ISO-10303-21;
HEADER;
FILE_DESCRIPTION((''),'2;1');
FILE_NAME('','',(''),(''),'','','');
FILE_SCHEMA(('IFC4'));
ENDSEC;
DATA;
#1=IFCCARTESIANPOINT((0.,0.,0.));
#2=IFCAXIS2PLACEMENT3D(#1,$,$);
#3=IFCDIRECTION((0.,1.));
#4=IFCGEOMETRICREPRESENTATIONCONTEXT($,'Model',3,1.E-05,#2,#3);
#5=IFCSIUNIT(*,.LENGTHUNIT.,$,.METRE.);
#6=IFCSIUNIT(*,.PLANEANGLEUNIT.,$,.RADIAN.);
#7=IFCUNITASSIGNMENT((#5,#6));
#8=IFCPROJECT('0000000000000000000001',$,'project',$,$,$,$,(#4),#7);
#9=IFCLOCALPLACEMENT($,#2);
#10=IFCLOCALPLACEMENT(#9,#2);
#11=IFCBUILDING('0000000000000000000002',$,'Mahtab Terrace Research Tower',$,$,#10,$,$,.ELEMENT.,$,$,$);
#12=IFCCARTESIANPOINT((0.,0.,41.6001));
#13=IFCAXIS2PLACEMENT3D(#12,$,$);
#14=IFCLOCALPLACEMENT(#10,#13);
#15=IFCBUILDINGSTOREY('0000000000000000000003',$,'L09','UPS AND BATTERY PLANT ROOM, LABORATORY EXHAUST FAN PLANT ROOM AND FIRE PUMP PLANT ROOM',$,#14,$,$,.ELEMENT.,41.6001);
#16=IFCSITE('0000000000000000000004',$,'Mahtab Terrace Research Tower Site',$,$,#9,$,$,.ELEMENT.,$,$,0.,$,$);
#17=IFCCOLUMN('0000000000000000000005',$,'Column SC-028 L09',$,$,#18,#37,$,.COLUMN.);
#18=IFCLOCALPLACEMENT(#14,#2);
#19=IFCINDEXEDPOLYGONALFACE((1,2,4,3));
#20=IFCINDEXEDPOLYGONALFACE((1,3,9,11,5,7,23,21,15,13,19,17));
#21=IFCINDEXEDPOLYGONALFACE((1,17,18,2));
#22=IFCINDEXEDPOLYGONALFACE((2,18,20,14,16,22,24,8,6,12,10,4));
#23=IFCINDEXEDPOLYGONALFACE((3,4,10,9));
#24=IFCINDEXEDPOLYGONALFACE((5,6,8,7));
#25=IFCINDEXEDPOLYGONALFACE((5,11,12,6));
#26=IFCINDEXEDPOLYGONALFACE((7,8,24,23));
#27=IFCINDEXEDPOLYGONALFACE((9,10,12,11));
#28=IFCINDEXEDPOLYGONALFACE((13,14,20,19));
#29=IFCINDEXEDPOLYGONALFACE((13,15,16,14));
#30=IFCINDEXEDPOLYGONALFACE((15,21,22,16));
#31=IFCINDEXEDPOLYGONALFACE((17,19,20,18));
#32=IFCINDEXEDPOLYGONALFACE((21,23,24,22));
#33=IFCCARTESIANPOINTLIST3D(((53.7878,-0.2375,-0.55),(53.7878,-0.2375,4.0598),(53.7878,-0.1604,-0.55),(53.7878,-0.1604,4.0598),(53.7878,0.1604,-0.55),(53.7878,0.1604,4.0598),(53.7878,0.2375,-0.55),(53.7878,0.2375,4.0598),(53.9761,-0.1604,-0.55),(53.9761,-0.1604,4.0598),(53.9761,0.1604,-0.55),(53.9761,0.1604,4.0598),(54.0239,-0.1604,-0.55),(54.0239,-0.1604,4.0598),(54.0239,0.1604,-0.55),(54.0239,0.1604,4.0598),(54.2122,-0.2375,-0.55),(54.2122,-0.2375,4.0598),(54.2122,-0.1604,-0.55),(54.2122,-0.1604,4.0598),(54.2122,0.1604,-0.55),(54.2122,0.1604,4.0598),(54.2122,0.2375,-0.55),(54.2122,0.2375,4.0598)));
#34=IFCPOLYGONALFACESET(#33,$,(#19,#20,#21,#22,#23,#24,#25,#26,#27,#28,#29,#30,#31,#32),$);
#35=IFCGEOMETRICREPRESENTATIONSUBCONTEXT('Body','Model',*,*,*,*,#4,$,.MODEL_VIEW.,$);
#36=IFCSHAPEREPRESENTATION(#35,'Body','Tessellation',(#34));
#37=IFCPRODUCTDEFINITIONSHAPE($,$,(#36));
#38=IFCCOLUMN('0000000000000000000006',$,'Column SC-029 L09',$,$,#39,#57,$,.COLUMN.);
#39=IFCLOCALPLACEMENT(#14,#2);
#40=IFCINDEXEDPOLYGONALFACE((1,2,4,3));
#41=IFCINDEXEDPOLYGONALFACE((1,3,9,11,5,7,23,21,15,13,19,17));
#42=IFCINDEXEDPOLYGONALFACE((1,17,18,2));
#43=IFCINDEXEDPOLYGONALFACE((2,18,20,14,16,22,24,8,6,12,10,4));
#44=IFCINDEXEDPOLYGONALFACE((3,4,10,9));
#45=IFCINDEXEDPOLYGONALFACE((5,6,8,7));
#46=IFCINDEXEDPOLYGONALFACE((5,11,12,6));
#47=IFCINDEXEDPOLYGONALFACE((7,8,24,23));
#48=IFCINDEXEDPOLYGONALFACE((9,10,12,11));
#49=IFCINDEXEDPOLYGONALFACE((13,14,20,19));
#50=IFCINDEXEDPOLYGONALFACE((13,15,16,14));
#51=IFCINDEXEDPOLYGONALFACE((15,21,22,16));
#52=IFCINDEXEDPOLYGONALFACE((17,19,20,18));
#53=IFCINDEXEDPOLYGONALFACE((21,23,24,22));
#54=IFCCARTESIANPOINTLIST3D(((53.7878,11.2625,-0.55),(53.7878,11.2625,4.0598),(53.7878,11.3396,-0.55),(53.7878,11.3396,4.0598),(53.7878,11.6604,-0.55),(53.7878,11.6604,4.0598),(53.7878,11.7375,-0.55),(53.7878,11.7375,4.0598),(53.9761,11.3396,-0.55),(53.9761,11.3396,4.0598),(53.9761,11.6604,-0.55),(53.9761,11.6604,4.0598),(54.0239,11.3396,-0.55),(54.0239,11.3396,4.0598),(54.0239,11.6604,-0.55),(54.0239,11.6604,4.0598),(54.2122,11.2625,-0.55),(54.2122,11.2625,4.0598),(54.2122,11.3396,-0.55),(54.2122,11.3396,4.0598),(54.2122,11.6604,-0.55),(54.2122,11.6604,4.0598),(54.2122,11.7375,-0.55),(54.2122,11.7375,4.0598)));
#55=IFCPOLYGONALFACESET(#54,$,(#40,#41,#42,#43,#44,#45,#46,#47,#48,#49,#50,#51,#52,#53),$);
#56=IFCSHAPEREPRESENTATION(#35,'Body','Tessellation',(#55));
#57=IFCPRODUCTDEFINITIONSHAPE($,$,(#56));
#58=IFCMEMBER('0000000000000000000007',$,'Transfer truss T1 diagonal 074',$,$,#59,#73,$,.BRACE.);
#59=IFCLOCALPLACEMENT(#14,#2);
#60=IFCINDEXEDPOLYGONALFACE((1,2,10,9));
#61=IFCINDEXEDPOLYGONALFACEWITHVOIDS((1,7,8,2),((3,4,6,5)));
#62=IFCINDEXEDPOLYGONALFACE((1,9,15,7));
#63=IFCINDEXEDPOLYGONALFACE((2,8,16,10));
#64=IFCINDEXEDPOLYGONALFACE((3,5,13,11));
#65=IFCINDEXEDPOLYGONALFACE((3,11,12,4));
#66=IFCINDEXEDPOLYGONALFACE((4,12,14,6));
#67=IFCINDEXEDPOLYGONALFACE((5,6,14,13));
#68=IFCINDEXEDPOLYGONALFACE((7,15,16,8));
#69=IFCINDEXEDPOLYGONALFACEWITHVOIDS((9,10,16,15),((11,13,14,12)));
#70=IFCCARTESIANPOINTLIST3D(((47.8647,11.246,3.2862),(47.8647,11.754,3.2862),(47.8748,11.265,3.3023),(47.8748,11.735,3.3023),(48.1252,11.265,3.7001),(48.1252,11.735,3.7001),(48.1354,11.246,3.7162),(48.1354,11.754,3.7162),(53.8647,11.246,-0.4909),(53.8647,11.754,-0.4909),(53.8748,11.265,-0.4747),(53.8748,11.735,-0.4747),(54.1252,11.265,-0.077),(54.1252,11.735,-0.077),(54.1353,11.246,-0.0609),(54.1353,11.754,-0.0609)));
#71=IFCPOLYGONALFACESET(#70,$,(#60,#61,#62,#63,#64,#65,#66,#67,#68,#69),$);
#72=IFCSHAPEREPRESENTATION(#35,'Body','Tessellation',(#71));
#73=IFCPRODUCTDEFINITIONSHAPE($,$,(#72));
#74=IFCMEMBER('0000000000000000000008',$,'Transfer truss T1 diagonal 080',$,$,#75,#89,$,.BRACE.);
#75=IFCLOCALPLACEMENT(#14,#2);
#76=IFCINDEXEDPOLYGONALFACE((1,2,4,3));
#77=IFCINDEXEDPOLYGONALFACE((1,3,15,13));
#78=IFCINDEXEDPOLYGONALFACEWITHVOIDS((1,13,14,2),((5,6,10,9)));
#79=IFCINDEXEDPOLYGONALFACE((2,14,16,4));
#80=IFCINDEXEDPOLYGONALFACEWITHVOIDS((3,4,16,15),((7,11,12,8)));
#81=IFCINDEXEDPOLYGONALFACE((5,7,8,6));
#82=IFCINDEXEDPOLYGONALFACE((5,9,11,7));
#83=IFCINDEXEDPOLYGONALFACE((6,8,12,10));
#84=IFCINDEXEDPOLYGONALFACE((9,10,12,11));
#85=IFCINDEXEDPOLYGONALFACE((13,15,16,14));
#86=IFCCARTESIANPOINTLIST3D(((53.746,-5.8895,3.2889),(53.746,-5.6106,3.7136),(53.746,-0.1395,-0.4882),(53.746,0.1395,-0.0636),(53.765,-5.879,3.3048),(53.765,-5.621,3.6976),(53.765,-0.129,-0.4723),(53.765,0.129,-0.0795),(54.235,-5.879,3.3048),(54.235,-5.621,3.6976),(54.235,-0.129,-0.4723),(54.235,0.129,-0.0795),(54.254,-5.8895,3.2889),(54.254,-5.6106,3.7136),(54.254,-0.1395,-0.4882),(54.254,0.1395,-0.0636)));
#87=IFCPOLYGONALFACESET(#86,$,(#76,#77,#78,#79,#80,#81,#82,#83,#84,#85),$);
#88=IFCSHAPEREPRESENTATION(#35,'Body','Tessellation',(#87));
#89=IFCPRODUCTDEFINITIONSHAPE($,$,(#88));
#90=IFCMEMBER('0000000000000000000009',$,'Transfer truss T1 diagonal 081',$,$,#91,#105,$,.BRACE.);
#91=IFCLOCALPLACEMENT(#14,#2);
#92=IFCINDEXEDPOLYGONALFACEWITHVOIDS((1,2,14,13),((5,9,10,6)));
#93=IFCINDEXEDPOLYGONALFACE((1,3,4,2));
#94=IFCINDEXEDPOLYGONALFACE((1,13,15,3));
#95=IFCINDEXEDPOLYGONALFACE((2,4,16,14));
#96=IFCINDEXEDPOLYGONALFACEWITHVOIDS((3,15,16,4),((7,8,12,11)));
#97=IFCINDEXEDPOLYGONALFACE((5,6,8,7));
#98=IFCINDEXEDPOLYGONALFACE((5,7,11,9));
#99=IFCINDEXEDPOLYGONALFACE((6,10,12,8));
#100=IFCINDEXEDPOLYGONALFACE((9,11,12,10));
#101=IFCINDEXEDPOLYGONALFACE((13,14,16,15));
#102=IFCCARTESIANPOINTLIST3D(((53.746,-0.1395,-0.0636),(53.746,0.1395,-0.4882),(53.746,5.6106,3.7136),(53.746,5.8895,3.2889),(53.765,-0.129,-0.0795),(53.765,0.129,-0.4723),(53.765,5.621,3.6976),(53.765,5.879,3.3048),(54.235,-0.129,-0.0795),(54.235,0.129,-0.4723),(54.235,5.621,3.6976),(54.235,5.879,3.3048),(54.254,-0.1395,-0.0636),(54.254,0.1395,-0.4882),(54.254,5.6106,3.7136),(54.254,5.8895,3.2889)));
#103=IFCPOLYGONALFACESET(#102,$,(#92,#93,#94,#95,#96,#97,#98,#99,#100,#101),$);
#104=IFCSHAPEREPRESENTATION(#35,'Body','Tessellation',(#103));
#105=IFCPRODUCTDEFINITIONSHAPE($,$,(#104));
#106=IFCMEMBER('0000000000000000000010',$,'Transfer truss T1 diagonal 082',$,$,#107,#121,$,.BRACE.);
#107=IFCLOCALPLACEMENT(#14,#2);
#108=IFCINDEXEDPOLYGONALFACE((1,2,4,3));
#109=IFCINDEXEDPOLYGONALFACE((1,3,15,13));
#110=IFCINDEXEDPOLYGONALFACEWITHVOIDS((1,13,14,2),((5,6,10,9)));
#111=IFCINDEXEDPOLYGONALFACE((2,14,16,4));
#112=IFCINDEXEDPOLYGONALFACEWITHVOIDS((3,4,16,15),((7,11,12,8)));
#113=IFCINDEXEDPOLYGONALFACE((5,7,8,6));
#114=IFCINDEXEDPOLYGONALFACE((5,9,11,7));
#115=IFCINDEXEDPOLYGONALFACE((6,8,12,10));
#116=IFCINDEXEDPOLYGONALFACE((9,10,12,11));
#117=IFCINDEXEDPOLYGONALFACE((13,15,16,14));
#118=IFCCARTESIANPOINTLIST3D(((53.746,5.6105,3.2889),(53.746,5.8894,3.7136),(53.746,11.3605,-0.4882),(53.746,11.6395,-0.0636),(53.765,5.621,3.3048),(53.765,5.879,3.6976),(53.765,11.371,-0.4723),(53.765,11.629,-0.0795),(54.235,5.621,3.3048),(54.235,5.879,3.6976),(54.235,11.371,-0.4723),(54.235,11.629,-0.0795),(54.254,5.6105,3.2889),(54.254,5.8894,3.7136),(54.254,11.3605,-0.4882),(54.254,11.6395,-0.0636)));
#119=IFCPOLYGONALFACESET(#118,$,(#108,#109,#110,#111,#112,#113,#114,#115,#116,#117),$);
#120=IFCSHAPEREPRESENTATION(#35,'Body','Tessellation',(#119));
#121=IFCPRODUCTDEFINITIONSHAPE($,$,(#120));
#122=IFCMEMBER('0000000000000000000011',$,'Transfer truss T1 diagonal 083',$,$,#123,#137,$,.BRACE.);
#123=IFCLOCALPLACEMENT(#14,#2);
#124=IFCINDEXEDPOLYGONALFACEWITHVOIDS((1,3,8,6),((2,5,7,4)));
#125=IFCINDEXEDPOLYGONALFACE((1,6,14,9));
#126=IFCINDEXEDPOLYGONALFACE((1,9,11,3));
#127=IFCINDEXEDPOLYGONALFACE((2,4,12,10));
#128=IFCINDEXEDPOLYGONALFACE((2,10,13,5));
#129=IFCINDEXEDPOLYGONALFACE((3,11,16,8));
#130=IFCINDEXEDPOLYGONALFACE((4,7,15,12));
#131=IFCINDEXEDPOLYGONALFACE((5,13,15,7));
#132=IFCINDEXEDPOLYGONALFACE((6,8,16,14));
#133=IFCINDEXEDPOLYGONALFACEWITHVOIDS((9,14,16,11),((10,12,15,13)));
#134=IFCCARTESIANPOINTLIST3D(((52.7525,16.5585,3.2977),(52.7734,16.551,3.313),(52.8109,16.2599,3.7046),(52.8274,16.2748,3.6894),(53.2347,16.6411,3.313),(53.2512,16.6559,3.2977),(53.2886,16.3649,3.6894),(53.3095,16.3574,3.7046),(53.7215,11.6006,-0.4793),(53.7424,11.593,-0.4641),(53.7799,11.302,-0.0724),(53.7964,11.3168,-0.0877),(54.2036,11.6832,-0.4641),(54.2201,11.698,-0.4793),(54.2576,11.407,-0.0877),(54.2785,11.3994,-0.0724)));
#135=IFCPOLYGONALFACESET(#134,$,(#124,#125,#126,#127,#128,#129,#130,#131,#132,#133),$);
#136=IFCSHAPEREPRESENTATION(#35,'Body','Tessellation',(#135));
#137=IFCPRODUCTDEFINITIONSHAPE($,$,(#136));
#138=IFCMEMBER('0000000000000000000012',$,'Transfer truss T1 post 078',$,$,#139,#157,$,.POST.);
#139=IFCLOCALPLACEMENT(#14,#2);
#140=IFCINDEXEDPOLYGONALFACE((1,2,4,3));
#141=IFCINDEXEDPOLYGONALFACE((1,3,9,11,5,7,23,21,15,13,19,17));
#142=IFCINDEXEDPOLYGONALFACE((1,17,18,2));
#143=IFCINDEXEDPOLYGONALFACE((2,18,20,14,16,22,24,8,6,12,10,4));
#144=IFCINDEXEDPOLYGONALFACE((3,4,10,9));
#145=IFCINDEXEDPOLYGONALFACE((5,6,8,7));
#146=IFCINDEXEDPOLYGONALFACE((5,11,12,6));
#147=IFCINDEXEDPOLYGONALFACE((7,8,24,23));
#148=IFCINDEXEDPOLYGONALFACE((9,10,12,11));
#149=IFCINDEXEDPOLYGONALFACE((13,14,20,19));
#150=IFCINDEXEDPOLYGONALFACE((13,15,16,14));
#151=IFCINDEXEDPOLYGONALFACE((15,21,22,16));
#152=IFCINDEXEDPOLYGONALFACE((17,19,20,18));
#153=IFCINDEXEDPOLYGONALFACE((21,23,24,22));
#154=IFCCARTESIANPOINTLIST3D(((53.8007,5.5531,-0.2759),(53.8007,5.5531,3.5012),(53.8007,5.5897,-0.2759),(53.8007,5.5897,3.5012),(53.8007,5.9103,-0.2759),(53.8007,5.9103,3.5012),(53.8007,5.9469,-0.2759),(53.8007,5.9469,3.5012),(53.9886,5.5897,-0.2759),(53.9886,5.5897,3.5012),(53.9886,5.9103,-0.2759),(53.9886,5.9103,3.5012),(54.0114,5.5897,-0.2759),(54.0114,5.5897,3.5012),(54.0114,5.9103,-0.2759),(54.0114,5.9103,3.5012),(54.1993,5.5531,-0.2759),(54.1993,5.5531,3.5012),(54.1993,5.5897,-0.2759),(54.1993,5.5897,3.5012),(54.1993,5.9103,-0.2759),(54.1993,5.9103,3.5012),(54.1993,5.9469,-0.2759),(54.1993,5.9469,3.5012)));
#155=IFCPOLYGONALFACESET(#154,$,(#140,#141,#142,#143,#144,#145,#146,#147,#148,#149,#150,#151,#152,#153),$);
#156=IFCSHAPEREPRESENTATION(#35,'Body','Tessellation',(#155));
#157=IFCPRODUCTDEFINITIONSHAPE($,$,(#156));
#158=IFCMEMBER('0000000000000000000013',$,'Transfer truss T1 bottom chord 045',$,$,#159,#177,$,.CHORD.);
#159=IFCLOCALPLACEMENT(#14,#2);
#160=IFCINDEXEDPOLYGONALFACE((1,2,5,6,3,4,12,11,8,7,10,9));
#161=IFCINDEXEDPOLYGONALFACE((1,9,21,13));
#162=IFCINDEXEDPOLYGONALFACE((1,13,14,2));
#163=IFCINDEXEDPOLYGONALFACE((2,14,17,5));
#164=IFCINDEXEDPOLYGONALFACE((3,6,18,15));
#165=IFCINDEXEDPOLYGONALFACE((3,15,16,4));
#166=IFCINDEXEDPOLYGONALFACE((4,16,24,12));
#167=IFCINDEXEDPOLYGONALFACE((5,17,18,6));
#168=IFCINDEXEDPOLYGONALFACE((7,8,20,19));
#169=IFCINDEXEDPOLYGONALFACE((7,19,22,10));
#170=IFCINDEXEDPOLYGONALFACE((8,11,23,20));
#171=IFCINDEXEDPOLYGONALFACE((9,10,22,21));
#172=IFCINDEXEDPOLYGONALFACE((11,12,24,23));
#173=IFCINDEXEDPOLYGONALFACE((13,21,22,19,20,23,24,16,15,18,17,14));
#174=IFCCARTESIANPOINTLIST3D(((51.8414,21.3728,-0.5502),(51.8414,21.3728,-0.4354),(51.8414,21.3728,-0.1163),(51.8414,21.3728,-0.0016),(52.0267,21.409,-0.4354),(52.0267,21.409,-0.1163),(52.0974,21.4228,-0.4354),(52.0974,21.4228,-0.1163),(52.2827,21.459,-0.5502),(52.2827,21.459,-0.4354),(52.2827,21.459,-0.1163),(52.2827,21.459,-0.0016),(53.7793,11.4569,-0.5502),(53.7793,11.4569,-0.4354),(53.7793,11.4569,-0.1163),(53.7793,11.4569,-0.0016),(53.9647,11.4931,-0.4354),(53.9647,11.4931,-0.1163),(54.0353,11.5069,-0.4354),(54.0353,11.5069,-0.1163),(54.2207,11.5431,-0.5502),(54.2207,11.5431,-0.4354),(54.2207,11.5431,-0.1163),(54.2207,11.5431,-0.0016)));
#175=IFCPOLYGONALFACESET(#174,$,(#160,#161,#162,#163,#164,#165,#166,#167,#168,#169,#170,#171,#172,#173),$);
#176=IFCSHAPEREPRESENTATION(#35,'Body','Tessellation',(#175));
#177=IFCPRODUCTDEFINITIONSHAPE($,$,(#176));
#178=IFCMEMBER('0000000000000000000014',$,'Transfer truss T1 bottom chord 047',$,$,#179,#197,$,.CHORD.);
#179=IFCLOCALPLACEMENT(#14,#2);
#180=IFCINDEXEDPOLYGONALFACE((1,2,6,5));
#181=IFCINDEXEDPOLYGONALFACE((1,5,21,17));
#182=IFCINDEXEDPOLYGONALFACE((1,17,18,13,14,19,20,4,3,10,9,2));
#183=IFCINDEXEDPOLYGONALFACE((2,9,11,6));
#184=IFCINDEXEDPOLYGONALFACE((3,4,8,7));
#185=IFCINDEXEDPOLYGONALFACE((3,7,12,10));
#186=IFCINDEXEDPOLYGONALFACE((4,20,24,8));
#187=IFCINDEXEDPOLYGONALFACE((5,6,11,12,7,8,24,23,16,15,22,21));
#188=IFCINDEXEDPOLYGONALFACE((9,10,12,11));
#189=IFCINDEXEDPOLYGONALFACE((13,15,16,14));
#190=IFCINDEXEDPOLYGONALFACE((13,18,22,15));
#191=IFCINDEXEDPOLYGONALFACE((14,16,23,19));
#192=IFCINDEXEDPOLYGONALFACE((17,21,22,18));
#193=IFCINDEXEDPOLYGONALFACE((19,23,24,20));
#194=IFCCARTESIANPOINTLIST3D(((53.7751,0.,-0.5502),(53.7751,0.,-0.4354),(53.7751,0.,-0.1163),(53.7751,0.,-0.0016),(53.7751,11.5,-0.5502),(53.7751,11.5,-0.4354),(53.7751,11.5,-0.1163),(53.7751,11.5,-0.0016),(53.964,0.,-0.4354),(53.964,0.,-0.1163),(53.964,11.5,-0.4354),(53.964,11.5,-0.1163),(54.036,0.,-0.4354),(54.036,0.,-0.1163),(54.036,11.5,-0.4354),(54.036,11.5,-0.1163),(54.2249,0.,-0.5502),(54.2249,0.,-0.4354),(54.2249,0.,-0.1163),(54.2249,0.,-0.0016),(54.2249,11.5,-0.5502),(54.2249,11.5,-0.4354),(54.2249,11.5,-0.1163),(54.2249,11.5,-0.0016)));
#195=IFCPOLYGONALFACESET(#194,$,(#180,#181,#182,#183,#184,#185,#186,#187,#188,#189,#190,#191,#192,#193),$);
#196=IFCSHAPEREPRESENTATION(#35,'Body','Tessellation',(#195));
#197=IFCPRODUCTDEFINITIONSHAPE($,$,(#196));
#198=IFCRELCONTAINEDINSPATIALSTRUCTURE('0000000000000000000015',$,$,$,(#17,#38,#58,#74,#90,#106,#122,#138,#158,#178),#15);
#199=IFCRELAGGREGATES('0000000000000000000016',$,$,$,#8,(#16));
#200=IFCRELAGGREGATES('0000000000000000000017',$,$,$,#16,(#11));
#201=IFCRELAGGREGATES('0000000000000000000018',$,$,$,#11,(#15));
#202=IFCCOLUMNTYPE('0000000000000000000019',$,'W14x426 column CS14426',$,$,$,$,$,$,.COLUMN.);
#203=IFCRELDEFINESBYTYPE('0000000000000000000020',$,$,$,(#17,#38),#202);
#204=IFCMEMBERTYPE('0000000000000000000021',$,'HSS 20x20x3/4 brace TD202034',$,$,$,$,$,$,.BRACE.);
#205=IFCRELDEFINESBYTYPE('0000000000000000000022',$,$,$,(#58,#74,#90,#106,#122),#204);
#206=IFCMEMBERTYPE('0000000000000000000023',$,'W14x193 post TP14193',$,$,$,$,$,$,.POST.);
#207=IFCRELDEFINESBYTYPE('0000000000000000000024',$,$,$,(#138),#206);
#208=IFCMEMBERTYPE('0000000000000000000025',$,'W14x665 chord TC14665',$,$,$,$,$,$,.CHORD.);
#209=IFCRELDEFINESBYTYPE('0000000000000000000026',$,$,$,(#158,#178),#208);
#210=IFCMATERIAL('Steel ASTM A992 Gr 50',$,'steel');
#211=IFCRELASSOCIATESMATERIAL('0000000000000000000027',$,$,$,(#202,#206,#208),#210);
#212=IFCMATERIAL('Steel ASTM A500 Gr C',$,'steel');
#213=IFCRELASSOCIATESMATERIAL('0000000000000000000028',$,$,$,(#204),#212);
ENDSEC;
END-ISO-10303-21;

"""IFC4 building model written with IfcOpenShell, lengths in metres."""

from ifc_helpers import new_model, si_unit, direction, frame, origin, origin_2d, place, context, subcontext, project, spatial, hollow_rectangle, i_section, extrude, material, material_profile, profile_set, type_object, element, save


model = new_model("IFC4")

# Units and contexts
model_context = context("Model", 3, precision=1e-05, world=origin(), true_north=direction((0.0, 1.0)))
body_context = subcontext(model_context, "Body", "Model", "MODEL_VIEW")
ifc_project = project(units=[si_unit("LENGTHUNIT", "METRE"), si_unit("PLANEANGLEUNIT", "RADIAN")], contexts=[model_context])

# Site, building, storey
site_placement = place(None, origin())
site = spatial("IfcSite", under=ifc_project, at=site_placement, Name="Mahtab Terrace Research Tower Site", CompositionType="ELEMENT", RefElevation=0.0)
building_placement = place(site_placement, origin())
building = spatial("IfcBuilding", under=site, at=building_placement, Name="Mahtab Terrace Research Tower", CompositionType="ELEMENT")
storey_placement = place(building_placement, frame((0.0, 0.0, 41.6001)))
storey = spatial("IfcBuildingStorey", under=building, at=storey_placement, Name="L09", Description="UPS AND BATTERY PLANT ROOM, LABORATORY EXHAUST FAN PLANT ROOM AND FIRE PUMP PLANT ROOM", CompositionType="ELEMENT", Elevation=41.6001)

# Columns
ifc_material_1 = material(Name="Steel ASTM A992 Gr 50", Category="steel")
ifc_material_profile_1 = material_profile(ifc_material_1, i_section(OverallWidth=0.4243, OverallDepth=0.4751, WebThickness=0.0479, FlangeThickness=0.0771, at=origin_2d()), Name="W14X426")
ifc_profile_set_1 = profile_set([ifc_material_profile_1], Name="Steel ASTM A992 Gr 50")
column_type = type_object("IfcColumnType", Name="W14x426 column CS14426", PredefinedType="COLUMN", material=ifc_profile_set_1)
for number, where, z_axis, x_axis, name in (
    (1, (54.0, 0.0, -0.55), (0.0, 0.0, 1.0), (1.0, 0.0, 0.0), "Column SC-028 L09"),
    (2, (54.0, 11.5, -0.55), (0.0, 0.0, 1.0), (1.0, 0.0, 0.0), "Column SC-029 L09"),
):
    element("IfcColumn", number, at=place(storey_placement, frame(where, z_axis=z_axis, x_axis=x_axis)), inside=storey, type_object=column_type, Name=name, PredefinedType="COLUMN", context=body_context, shape_type="SweptSolid", body=[
        extrude(i_section(OverallWidth=0.4243, OverallDepth=0.4751, WebThickness=0.0479, FlangeThickness=0.0771, at=origin_2d()), origin(), (0.0, 0.0, 1.0), 4.6099),
    ])

# Members
ifc_material_2 = material(Name="Steel ASTM A500 Gr C", Category="steel")
ifc_material_profile_2 = material_profile(ifc_material_2, hollow_rectangle(XDim=0.5081, YDim=0.5081, WallThickness=0.019, at=origin_2d()), Name="HSS20X20X3/4")
ifc_profile_set_2 = profile_set([ifc_material_profile_2], Name="Steel ASTM A500 Gr C")
member_type_1 = type_object("IfcMemberType", Name="HSS 20x20x3/4 brace TD202034", PredefinedType="BRACE", material=ifc_profile_set_2)
member_1_placement = place(storey_placement, frame((54.0, 11.5, -0.2759), z_axis=(-0.846276, 0.0, 0.532745), x_axis=(0.0, -1.0, 0.0)))
element("IfcMember", 3, at=member_1_placement, inside=storey, type_object=member_type_1, Name="Transfer truss T1 diagonal 074", PredefinedType="BRACE", context=body_context, shape_type="SweptSolid", body=[
    extrude(hollow_rectangle(XDim=0.5081, YDim=0.5081, WallThickness=0.019, at=origin_2d()), origin(), (0.0, 0.0, 1.0), 7.0898),
])
for number, where, z_axis, x_axis, name in (
    (4, (54.0, 0.0, -0.2759), (0.0, -0.835804, 0.549028), (1.0, 0.0, 0.0), "Transfer truss T1 diagonal 080"),
    (5, (54.0, 0.0, -0.2759), (0.0, 0.835804, 0.549028), (-1.0, 0.0, 0.0), "Transfer truss T1 diagonal 081"),
    (6, (54.0, 11.5, -0.2759), (0.0, -0.835804, 0.549028), (1.0, 0.0, 0.0), "Transfer truss T1 diagonal 082"),
):
    element("IfcMember", number, at=place(storey_placement, frame(where, z_axis=z_axis, x_axis=x_axis)), inside=storey, type_object=member_type_1, Name=name, PredefinedType="BRACE", context=body_context, shape_type="SweptSolid", body=[
        extrude(hollow_rectangle(XDim=0.5081, YDim=0.5081, WallThickness=0.019, at=origin_2d()), origin(), (0.0, 0.0, 1.0), 6.8796),
    ])
member_2_placement = place(storey_placement, frame((54.0, 11.5, -0.2759), z_axis=(-0.15362, 0.786023, 0.598806), x_axis=(-0.981432, -0.191811, 0.0)))
element("IfcMember", 7, at=member_2_placement, inside=storey, type_object=member_type_1, Name="Transfer truss T1 diagonal 083", PredefinedType="BRACE", context=body_context, shape_type="SweptSolid", body=[
    extrude(hollow_rectangle(XDim=0.5081, YDim=0.5081, WallThickness=0.019, at=origin_2d()), origin(), (0.0, 0.0, 1.0), 6.3076),
])
ifc_material_profile_3 = material_profile(ifc_material_1, i_section(OverallWidth=0.3987, OverallDepth=0.3938, WebThickness=0.0227, FlangeThickness=0.0366, at=origin_2d()), Name="W14X193")
ifc_profile_set_3 = profile_set([ifc_material_profile_3], Name="Steel ASTM A992 Gr 50")
member_type_2 = type_object("IfcMemberType", Name="W14x193 post TP14193", PredefinedType="POST", material=ifc_profile_set_3)
member_3_placement = place(storey_placement, frame((54.0, 5.75, -0.2759), z_axis=(0.0, 0.0, 1.0), x_axis=(1.0, 0.0, 0.0)))
element("IfcMember", 8, at=member_3_placement, inside=storey, type_object=member_type_2, Name="Transfer truss T1 post 078", PredefinedType="POST", context=body_context, shape_type="SweptSolid", body=[
    extrude(i_section(OverallWidth=0.3987, OverallDepth=0.3938, WebThickness=0.0227, FlangeThickness=0.0366, at=origin_2d()), origin(), (0.0, 0.0, 1.0), 3.7771),
])
ifc_material_profile_4 = material_profile(ifc_material_1, i_section(OverallWidth=0.4497, OverallDepth=0.5486, WebThickness=0.072, FlangeThickness=0.1147, at=origin_2d()), Name="W14X665")
ifc_profile_set_4 = profile_set([ifc_material_profile_4], Name="Steel ASTM A992 Gr 50")
member_type_3 = type_object("IfcMemberType", Name="W14x665 chord TC14665", PredefinedType="CHORD", material=ifc_profile_set_4)
member_4_placement = place(storey_placement, frame((54.0, 11.5, -0.2759), z_axis=(-0.191811, 0.981432, 0.0), x_axis=(-0.981432, -0.191811, 0.0)))
element("IfcMember", 9, at=member_4_placement, inside=storey, type_object=member_type_3, Name="Transfer truss T1 bottom chord 045", PredefinedType="CHORD", context=body_context, shape_type="SweptSolid", body=[
    extrude(i_section(OverallWidth=0.4497, OverallDepth=0.5486, WebThickness=0.072, FlangeThickness=0.1147, at=origin_2d()), origin(), (0.0, 0.0, 1.0), 10.1035),
])
member_5_placement = place(storey_placement, frame((54.0, 0.0, -0.2759), z_axis=(0.0, 1.0, 0.0), x_axis=(-1.0, 0.0, 0.0)))
element("IfcMember", 10, at=member_5_placement, inside=storey, type_object=member_type_3, Name="Transfer truss T1 bottom chord 047", PredefinedType="CHORD", context=body_context, shape_type="SweptSolid", body=[
    extrude(i_section(OverallWidth=0.4497, OverallDepth=0.5486, WebThickness=0.072, FlangeThickness=0.1147, at=origin_2d()), origin(), (0.0, 0.0, 1.0), 11.5),
])

save(model, "model.ifc")
